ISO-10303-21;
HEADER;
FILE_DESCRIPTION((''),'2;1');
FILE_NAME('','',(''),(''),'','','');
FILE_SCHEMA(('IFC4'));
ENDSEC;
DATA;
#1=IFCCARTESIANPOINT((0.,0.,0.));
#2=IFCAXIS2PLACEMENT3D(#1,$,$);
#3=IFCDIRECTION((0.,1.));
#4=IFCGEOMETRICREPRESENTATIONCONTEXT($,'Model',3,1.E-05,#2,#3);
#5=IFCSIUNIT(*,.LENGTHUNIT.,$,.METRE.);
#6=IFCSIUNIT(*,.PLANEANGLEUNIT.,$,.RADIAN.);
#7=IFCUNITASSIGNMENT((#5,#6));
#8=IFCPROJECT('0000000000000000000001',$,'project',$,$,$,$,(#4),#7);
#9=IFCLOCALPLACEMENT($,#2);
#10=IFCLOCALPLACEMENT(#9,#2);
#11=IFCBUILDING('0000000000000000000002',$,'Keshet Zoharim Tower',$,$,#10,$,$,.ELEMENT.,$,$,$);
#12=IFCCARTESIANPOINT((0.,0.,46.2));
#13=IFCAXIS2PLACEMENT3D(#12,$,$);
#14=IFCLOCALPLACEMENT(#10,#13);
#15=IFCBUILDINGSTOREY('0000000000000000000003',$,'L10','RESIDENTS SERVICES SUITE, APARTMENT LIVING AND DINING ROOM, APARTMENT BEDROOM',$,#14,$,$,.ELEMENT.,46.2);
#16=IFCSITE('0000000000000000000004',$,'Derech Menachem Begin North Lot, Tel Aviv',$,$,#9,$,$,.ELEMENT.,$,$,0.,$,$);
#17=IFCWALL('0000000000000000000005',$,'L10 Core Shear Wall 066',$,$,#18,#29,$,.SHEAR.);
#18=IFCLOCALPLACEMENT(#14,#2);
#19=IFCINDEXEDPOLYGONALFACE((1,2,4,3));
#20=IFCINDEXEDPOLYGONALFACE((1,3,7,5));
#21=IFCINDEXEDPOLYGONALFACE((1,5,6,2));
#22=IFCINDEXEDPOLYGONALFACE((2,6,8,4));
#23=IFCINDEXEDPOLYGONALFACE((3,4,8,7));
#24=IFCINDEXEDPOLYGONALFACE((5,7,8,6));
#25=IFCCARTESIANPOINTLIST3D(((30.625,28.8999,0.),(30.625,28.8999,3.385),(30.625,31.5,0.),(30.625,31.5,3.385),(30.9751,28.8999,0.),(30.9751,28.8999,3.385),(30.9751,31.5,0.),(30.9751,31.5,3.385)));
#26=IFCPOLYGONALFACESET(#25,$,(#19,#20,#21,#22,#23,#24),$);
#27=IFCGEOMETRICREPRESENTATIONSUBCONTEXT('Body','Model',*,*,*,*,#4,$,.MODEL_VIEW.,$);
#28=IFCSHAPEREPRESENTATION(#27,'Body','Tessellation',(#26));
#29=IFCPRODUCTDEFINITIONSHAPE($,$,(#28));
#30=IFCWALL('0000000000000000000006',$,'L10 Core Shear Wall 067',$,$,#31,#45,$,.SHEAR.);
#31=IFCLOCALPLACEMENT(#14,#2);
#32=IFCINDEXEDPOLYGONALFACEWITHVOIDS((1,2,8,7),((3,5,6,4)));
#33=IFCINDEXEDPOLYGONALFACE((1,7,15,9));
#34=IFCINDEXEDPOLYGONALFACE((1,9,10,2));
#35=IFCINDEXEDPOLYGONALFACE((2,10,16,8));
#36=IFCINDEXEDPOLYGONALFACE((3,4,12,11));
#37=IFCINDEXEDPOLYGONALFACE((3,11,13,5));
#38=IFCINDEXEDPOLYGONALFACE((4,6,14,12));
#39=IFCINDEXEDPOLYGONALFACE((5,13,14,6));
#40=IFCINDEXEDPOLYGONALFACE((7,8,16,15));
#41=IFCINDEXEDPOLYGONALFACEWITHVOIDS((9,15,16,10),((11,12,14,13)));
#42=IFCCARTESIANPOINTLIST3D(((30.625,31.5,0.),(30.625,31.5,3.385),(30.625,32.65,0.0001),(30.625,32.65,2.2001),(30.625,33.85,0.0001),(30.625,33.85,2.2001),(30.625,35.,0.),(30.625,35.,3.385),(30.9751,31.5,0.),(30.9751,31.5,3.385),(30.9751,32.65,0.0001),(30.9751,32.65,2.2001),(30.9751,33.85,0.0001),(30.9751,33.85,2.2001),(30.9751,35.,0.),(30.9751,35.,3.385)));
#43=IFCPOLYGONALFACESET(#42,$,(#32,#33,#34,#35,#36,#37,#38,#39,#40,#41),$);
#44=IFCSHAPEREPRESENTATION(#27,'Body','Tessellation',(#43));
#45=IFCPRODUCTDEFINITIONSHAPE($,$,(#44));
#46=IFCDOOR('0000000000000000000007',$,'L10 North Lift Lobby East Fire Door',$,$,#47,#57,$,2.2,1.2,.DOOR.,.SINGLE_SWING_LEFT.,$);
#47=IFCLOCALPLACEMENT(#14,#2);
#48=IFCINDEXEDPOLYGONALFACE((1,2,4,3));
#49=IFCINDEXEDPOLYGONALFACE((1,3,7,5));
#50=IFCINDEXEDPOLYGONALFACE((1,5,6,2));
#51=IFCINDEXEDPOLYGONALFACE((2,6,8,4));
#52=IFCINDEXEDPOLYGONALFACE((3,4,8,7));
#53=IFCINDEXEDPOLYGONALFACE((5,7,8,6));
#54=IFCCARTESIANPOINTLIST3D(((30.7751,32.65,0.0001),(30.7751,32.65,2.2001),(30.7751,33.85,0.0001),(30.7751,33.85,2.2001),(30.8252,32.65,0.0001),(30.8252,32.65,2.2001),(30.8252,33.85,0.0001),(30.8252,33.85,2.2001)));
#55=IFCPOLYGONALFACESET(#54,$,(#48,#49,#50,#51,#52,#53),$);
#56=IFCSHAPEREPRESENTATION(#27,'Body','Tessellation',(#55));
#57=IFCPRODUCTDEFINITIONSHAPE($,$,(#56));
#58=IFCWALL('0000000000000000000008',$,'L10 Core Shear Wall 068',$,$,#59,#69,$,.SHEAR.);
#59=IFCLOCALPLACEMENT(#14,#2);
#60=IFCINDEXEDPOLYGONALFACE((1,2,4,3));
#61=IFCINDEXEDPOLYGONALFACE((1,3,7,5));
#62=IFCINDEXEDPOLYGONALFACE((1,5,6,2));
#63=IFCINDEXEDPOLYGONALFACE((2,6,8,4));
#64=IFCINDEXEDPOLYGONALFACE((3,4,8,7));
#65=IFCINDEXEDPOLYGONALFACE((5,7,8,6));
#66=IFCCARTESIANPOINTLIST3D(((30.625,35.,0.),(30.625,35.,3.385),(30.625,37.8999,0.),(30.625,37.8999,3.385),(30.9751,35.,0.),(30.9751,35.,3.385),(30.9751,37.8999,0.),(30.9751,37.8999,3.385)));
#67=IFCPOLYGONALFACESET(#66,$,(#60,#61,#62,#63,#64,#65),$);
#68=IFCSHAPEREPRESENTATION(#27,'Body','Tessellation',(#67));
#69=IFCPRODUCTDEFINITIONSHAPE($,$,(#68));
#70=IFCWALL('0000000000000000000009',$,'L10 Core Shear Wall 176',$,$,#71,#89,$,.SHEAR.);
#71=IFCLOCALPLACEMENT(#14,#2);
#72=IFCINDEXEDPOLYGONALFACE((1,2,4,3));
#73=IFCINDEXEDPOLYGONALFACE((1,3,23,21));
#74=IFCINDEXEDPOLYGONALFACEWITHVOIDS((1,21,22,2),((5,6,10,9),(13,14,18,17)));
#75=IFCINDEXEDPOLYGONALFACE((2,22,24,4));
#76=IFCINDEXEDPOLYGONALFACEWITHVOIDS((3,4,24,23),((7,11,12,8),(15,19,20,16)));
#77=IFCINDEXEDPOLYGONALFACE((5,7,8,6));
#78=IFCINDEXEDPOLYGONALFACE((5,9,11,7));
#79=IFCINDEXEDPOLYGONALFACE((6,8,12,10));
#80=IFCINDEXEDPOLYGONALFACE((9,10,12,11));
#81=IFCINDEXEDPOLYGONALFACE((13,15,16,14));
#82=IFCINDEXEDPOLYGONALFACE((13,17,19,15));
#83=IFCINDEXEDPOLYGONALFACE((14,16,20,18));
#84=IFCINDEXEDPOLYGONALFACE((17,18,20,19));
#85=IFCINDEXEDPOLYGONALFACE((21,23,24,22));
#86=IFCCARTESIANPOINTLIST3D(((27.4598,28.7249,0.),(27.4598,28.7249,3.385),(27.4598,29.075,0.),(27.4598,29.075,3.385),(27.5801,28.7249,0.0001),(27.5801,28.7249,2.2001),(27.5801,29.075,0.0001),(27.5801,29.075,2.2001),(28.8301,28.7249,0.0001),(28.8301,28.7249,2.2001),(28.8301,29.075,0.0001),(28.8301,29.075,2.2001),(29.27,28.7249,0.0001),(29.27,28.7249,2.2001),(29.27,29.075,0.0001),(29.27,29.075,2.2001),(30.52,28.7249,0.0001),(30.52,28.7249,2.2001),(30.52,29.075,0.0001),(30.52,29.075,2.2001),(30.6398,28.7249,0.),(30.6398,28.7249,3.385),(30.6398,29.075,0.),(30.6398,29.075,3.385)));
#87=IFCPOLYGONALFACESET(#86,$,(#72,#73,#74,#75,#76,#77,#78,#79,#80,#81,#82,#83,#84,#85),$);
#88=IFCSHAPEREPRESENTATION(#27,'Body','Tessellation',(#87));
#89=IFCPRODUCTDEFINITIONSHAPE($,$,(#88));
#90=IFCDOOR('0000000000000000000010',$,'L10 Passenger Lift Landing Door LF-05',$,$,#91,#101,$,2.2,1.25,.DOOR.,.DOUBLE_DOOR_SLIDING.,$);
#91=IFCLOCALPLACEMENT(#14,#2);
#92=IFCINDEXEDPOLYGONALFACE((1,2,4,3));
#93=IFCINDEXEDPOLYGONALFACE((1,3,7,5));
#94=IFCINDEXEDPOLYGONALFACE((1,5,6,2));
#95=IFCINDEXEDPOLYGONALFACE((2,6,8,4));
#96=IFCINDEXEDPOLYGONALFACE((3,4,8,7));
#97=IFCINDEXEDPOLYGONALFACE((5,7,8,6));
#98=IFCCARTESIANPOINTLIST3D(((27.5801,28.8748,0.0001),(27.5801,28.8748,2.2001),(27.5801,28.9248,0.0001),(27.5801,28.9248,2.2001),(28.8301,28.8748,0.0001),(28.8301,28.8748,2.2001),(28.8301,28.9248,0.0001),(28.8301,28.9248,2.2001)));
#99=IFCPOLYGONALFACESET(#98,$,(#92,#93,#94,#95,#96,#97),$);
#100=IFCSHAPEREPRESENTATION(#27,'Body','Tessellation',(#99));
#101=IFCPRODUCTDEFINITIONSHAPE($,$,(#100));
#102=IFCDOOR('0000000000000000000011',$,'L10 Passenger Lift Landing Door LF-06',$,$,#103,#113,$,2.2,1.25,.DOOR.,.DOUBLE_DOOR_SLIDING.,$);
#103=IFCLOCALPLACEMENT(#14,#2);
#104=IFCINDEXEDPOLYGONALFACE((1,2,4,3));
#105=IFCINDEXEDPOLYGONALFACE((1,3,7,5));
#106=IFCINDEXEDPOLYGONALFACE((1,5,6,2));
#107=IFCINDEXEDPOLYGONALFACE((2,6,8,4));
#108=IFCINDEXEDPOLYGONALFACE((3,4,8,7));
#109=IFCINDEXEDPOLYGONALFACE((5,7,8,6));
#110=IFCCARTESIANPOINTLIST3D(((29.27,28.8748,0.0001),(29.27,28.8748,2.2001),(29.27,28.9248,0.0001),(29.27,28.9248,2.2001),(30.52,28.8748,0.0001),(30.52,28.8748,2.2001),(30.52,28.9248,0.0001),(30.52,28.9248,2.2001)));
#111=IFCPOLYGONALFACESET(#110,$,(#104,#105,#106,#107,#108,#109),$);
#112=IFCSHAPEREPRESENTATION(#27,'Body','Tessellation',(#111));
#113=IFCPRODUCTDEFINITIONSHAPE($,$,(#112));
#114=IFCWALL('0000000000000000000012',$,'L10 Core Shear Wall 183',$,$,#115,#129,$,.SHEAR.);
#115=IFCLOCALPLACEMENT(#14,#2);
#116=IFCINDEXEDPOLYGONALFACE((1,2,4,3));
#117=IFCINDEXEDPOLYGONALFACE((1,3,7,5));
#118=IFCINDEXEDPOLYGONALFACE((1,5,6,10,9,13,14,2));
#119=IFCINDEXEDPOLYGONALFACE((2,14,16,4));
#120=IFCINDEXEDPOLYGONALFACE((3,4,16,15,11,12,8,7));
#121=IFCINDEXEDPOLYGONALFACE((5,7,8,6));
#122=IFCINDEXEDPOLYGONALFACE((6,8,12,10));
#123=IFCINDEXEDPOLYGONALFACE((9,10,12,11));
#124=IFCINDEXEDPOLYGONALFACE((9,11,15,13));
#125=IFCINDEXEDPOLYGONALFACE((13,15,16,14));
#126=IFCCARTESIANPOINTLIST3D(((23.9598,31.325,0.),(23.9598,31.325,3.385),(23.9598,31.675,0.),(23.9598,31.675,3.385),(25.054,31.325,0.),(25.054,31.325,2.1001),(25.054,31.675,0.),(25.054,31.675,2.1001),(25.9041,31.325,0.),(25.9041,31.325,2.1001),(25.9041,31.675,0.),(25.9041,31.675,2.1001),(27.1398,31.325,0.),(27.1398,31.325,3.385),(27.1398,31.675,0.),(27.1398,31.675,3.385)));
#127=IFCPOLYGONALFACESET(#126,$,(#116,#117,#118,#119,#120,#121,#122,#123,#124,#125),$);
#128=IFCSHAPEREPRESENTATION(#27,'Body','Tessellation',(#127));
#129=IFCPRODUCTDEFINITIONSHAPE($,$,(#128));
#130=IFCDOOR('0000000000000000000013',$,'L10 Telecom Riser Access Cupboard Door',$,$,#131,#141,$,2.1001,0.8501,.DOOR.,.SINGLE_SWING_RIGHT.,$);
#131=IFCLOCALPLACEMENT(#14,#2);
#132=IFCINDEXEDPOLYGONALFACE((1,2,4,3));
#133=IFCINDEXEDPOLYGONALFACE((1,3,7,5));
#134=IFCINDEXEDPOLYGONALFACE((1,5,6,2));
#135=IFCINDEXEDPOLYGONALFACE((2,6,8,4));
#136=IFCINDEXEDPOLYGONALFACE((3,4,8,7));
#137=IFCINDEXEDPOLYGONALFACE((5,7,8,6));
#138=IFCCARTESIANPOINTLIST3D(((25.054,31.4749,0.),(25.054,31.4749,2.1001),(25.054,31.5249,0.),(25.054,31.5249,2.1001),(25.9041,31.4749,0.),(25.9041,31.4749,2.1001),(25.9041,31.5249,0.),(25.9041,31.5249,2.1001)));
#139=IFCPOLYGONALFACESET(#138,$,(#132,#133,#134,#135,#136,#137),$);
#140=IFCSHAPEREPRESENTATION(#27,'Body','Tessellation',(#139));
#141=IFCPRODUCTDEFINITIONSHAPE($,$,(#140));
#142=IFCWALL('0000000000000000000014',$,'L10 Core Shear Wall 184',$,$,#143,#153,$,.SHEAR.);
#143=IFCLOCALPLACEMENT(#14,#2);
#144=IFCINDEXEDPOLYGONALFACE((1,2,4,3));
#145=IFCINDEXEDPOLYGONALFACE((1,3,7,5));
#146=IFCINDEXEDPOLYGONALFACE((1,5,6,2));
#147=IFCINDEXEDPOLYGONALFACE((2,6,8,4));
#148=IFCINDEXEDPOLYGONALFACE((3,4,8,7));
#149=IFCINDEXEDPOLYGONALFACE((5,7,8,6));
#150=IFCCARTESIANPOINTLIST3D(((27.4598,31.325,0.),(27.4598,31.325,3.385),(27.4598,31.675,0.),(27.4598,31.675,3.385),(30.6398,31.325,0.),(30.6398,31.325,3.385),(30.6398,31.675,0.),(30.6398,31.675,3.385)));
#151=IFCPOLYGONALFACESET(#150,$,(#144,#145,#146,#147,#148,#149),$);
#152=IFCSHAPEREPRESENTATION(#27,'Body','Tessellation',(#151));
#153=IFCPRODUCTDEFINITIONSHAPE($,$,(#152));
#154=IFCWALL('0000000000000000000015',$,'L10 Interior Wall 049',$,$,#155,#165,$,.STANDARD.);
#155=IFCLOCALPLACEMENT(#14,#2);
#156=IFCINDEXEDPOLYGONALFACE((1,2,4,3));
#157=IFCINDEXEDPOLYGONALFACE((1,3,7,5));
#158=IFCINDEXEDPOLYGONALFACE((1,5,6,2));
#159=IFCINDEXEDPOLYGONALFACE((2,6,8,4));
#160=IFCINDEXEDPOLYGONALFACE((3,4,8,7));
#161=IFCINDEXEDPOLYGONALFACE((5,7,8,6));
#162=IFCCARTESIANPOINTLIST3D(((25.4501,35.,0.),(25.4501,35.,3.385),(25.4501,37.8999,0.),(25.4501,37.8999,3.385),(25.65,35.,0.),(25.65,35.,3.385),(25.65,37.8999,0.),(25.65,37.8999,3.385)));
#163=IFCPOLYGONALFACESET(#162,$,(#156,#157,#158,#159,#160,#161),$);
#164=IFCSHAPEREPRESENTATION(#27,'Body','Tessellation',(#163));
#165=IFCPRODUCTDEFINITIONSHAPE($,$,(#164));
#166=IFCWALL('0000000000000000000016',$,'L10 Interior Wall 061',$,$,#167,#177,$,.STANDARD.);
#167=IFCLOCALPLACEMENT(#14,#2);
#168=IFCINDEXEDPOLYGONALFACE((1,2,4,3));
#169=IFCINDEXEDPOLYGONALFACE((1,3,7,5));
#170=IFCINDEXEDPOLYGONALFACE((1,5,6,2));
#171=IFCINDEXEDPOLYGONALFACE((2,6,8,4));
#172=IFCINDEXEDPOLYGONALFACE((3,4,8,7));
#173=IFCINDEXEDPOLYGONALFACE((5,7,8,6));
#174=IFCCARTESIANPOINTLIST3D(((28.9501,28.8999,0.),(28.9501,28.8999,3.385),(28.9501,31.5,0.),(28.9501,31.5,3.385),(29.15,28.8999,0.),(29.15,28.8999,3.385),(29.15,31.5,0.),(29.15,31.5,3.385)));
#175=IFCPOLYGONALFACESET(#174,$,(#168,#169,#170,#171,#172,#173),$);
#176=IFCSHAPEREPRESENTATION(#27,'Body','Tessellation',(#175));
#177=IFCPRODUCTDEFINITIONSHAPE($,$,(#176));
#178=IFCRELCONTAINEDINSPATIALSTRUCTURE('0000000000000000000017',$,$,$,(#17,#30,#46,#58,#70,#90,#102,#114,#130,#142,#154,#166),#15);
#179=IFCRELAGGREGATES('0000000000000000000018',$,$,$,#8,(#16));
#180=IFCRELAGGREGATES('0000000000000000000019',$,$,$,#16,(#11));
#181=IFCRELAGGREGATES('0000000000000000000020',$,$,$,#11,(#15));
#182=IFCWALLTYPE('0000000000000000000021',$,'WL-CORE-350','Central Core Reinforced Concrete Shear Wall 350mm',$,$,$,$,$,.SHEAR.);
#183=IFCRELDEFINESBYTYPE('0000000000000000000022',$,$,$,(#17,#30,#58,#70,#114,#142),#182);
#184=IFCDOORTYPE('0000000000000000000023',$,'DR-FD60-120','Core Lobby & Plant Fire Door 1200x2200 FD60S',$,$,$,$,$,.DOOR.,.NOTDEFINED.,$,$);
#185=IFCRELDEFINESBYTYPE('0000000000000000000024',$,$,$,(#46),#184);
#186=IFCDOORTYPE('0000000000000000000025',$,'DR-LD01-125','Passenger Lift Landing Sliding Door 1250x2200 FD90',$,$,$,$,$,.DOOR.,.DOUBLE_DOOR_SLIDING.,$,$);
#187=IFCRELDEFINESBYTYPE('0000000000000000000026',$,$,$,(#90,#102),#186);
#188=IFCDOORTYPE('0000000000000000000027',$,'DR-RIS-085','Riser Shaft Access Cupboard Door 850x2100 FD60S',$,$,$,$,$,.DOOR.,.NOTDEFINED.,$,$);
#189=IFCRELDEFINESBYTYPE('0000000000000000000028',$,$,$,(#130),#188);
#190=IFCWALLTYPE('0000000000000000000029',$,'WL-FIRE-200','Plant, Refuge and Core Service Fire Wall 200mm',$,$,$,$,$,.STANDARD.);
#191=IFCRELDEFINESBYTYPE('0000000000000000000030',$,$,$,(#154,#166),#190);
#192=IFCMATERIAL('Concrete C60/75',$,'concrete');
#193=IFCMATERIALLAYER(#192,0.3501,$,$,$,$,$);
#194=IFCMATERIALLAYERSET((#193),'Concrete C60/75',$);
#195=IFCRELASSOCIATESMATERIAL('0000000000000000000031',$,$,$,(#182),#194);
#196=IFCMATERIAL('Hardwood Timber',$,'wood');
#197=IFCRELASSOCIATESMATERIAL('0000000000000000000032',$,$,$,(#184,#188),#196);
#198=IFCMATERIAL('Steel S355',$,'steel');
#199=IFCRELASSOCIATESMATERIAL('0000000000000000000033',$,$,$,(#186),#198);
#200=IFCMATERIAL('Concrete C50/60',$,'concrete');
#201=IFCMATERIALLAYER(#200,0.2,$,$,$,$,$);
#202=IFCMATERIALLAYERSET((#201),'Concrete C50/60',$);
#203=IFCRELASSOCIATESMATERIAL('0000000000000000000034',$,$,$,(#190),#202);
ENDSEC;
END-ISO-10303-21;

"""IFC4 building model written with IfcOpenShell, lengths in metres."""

from ifc_helpers import new_model, si_unit, direction, frame, frame_2d, origin, place, context, subcontext, project, spatial, rectangle, extrude, material, layer, layer_set, type_object, element, fill, save


model = new_model("IFC4")

# Units and contexts
model_context = context("Model", 3, precision=1e-05, world=origin(), true_north=direction((0.0, 1.0)))
body_context = subcontext(model_context, "Body", "Model", "MODEL_VIEW")
ifc_project = project(units=[si_unit("LENGTHUNIT", "METRE"), si_unit("PLANEANGLEUNIT", "RADIAN")], contexts=[model_context])

# Site, building, storey
site_placement = place(None, origin())
site = spatial("IfcSite", under=ifc_project, at=site_placement, Name="Derech Menachem Begin North Lot, Tel Aviv", CompositionType="ELEMENT", RefElevation=0.0)
building_placement = place(site_placement, origin())
building = spatial("IfcBuilding", under=site, at=building_placement, Name="Keshet Zoharim Tower", CompositionType="ELEMENT")
storey_placement = place(building_placement, frame((0.0, 0.0, 46.2)))
storey = spatial("IfcBuildingStorey", under=building, at=storey_placement, Name="L10", Description="RESIDENTS SERVICES SUITE, APARTMENT LIVING AND DINING ROOM, APARTMENT BEDROOM", CompositionType="ELEMENT", Elevation=46.2)

# Shared definitions
ifc_material_1 = material(Name="Concrete C60/75", Category="concrete")

# Shared definitions
ifc_material_2 = material(Name="Steel S355", Category="steel")

# Wall
ifc_layer_1 = layer(ifc_material_1, 0.3501)
ifc_layer_set_1 = layer_set([ifc_layer_1], Name="Concrete C60/75")
wall_type_1 = type_object("IfcWallType", Name="WL-CORE-350", Description="Central Core Reinforced Concrete Shear Wall 350mm", PredefinedType="SHEAR", material=ifc_layer_set_1)
wall_1_placement = place(storey_placement, frame((30.8, 28.8999, 0.0), z_axis=(0.0, 0.0, 1.0), x_axis=(0.0, 1.0, 0.0)))
element("IfcWall", 1, at=wall_1_placement, inside=storey, type_object=wall_type_1, Name="L10 Core Shear Wall 066", PredefinedType="SHEAR", context=body_context, shape_type="SweptSolid", body=[
    extrude(rectangle(XDim=2.6001, YDim=0.3501, at=frame_2d((1.3, 0.0))), origin(), (0.0, 0.0, 1.0), 3.385),
])

# Wall, opening, door
wall_2_placement = place(storey_placement, frame((30.8, 31.5, 0.0), z_axis=(0.0, 0.0, 1.0), x_axis=(0.0, 1.0, 0.0)))
wall_2 = element("IfcWall", 2, at=wall_2_placement, inside=storey, type_object=wall_type_1, Name="L10 Core Shear Wall 067", PredefinedType="SHEAR", context=body_context, shape_type="SweptSolid", body=[
    extrude(rectangle(XDim=3.5, YDim=0.3501, at=frame_2d((1.75, 0.0))), origin(), (0.0, 0.0, 1.0), 3.385),
])
opening_1_placement = place(wall_2_placement, frame((1.1499, 0.0, 0.0)))
opening_1 = element("IfcOpeningElement", 3, at=opening_1_placement, cuts=wall_2, PredefinedType="OPENING", context=body_context, shape_type="SweptSolid", body=[
    extrude(rectangle(XDim=1.2, YDim=2.2, at=frame_2d((0.6001, 1.1001))), frame((0.0, 0.1851, 0.0), z_axis=(0.0, -1.0, 0.0), x_axis=(1.0, 0.0, 0.0)), (0.0, 0.0, 1.0), 0.3701),
])
ifc_material_3 = material(Name="Hardwood Timber", Category="wood")
door_type_1 = type_object("IfcDoorType", Name="DR-FD60-120", Description="Core Lobby & Plant Fire Door 1200x2200 FD60S", OperationType="NOTDEFINED", PredefinedType="DOOR", material=ifc_material_3)
door_1_placement = place(opening_1_placement, origin())
door_1 = element("IfcDoor", 4, at=door_1_placement, inside=storey, type_object=door_type_1, Name="L10 North Lift Lobby East Fire Door", OperationType="SINGLE_SWING_LEFT", OverallHeight=2.2, OverallWidth=1.2, PredefinedType="DOOR", context=body_context, shape_type="SweptSolid", body=[
    extrude(rectangle(XDim=1.2, YDim=2.2, at=frame_2d((0.6001, 1.1001))), frame((0.0, 0.0249, 0.0), z_axis=(0.0, -1.0, 0.0), x_axis=(1.0, 0.0, 0.0)), (0.0, 0.0, 1.0), 0.05),
])
fill(opening_1, door_1)

# Wall
wall_3_placement = place(storey_placement, frame((30.8, 35.0, 0.0), z_axis=(0.0, 0.0, 1.0), x_axis=(0.0, 1.0, 0.0)))
element("IfcWall", 5, at=wall_3_placement, inside=storey, type_object=wall_type_1, Name="L10 Core Shear Wall 068", PredefinedType="SHEAR", context=body_context, shape_type="SweptSolid", body=[
    extrude(rectangle(XDim=2.8999, YDim=0.3501, at=frame_2d((1.45, 0.0))), origin(), (0.0, 0.0, 1.0), 3.385),
])

# Wall, openings, doors
wall_4_placement = place(storey_placement, frame((27.46, 28.8999, 0.0), z_axis=(0.0, 0.0, 1.0), x_axis=(1.0, 0.0, 0.0)))
wall_4 = element("IfcWall", 6, at=wall_4_placement, inside=storey, type_object=wall_type_1, Name="L10 Core Shear Wall 176", PredefinedType="SHEAR", context=body_context, shape_type="SweptSolid", body=[
    extrude(rectangle(XDim=3.1799, YDim=0.3501, at=frame_2d((1.5898, 0.0))), origin(), (0.0, 0.0, 1.0), 3.385),
])
opening_2_placement = place(wall_4_placement, frame((0.1201, 0.0, 0.0)))
opening_2 = element("IfcOpeningElement", 7, at=opening_2_placement, cuts=wall_4, PredefinedType="OPENING", context=body_context, shape_type="SweptSolid", body=[
    extrude(rectangle(XDim=1.25, YDim=2.2, at=frame_2d((0.625, 1.1001))), frame((0.0, 0.1851, 0.0), z_axis=(0.0, -1.0, 0.0), x_axis=(1.0, 0.0, 0.0)), (0.0, 0.0, 1.0), 0.3701),
])
opening_3_placement = place(wall_4_placement, frame((1.8101, 0.0, 0.0)))
opening_3 = element("IfcOpeningElement", 8, at=opening_3_placement, cuts=wall_4, PredefinedType="OPENING", context=body_context, shape_type="SweptSolid", body=[
    extrude(rectangle(XDim=1.25, YDim=2.2, at=frame_2d((0.625, 1.1001))), frame((0.0, 0.1851, 0.0), z_axis=(0.0, -1.0, 0.0), x_axis=(1.0, 0.0, 0.0)), (0.0, 0.0, 1.0), 0.3701),
])
door_type_2 = type_object("IfcDoorType", Name="DR-LD01-125", Description="Passenger Lift Landing Sliding Door 1250x2200 FD90", OperationType="DOUBLE_DOOR_SLIDING", PredefinedType="DOOR", material=ifc_material_2)
door_2_placement = place(opening_2_placement, origin())
door_2 = element("IfcDoor", 9, at=door_2_placement, inside=storey, type_object=door_type_2, Name="L10 Passenger Lift Landing Door LF-05", OperationType="DOUBLE_DOOR_SLIDING", OverallHeight=2.2, OverallWidth=1.25, PredefinedType="DOOR", context=body_context, shape_type="SweptSolid", body=[
    extrude(rectangle(XDim=1.25, YDim=2.2, at=frame_2d((0.625, 1.1001))), frame((0.0, 0.0249, 0.0), z_axis=(0.0, -1.0, 0.0), x_axis=(1.0, 0.0, 0.0)), (0.0, 0.0, 1.0), 0.05),
])
fill(opening_2, door_2)
door_3_placement = place(opening_3_placement, origin())
door_3 = element("IfcDoor", 10, at=door_3_placement, inside=storey, type_object=door_type_2, Name="L10 Passenger Lift Landing Door LF-06", OperationType="DOUBLE_DOOR_SLIDING", OverallHeight=2.2, OverallWidth=1.25, PredefinedType="DOOR", context=body_context, shape_type="SweptSolid", body=[
    extrude(rectangle(XDim=1.25, YDim=2.2, at=frame_2d((0.625, 1.1001))), frame((0.0, 0.0249, 0.0), z_axis=(0.0, -1.0, 0.0), x_axis=(1.0, 0.0, 0.0)), (0.0, 0.0, 1.0), 0.05),
])
fill(opening_3, door_3)

# Wall, opening, door
wall_5_placement = place(storey_placement, frame((23.96, 31.5, 0.0), z_axis=(0.0, 0.0, 1.0), x_axis=(1.0, 0.0, 0.0)))
wall_5 = element("IfcWall", 11, at=wall_5_placement, inside=storey, type_object=wall_type_1, Name="L10 Core Shear Wall 183", PredefinedType="SHEAR", context=body_context, shape_type="SweptSolid", body=[
    extrude(rectangle(XDim=3.1799, YDim=0.3501, at=frame_2d((1.5898, 0.0))), origin(), (0.0, 0.0, 1.0), 3.385),
])
opening_4_placement = place(wall_5_placement, frame((1.094, 0.0, 0.0)))
opening_4 = element("IfcOpeningElement", 12, at=opening_4_placement, cuts=wall_5, PredefinedType="OPENING", context=body_context, shape_type="SweptSolid", body=[
    extrude(rectangle(XDim=0.8501, YDim=2.1001, at=frame_2d((0.425, 1.05))), frame((0.0, 0.1851, 0.0), z_axis=(0.0, -1.0, 0.0), x_axis=(1.0, 0.0, 0.0)), (0.0, 0.0, 1.0), 0.3701),
])
door_type_3 = type_object("IfcDoorType", Name="DR-RIS-085", Description="Riser Shaft Access Cupboard Door 850x2100 FD60S", OperationType="NOTDEFINED", PredefinedType="DOOR", material=ifc_material_3)
door_4_placement = place(opening_4_placement, origin())
door_4 = element("IfcDoor", 13, at=door_4_placement, inside=storey, type_object=door_type_3, Name="L10 Telecom Riser Access Cupboard Door", OperationType="SINGLE_SWING_RIGHT", OverallHeight=2.1001, OverallWidth=0.8501, PredefinedType="DOOR", context=body_context, shape_type="SweptSolid", body=[
    extrude(rectangle(XDim=0.8501, YDim=2.1001, at=frame_2d((0.425, 1.05))), frame((0.0, 0.0249, 0.0), z_axis=(0.0, -1.0, 0.0), x_axis=(1.0, 0.0, 0.0)), (0.0, 0.0, 1.0), 0.05),
])
fill(opening_4, door_4)

# Walls
wall_6_placement = place(storey_placement, frame((27.46, 31.5, 0.0), z_axis=(0.0, 0.0, 1.0), x_axis=(1.0, 0.0, 0.0)))
element("IfcWall", 14, at=wall_6_placement, inside=storey, type_object=wall_type_1, Name="L10 Core Shear Wall 184", PredefinedType="SHEAR", context=body_context, shape_type="SweptSolid", body=[
    extrude(rectangle(XDim=3.1799, YDim=0.3501, at=frame_2d((1.5898, 0.0))), origin(), (0.0, 0.0, 1.0), 3.385),
])
ifc_material_4 = material(Name="Concrete C50/60", Category="concrete")
ifc_layer_2 = layer(ifc_material_4, 0.2)
ifc_layer_set_2 = layer_set([ifc_layer_2], Name="Concrete C50/60")
wall_type_2 = type_object("IfcWallType", Name="WL-FIRE-200", Description="Plant, Refuge and Core Service Fire Wall 200mm", PredefinedType="STANDARD", material=ifc_layer_set_2)
wall_7_placement = place(storey_placement, frame((25.55, 35.0, 0.0), z_axis=(0.0, 0.0, 1.0), x_axis=(0.0, 1.0, 0.0)))
element("IfcWall", 15, at=wall_7_placement, inside=storey, type_object=wall_type_2, Name="L10 Interior Wall 049", PredefinedType="STANDARD", context=body_context, shape_type="SweptSolid", body=[
    extrude(rectangle(XDim=2.8999, YDim=0.2, at=frame_2d((1.45, 0.0))), origin(), (0.0, 0.0, 1.0), 3.385),
])
wall_8_placement = place(storey_placement, frame((29.05, 28.8999, 0.0), z_axis=(0.0, 0.0, 1.0), x_axis=(0.0, 1.0, 0.0)))
element("IfcWall", 16, at=wall_8_placement, inside=storey, type_object=wall_type_2, Name="L10 Interior Wall 061", PredefinedType="STANDARD", context=body_context, shape_type="SweptSolid", body=[
    extrude(rectangle(XDim=2.6001, YDim=0.2, at=frame_2d((1.3, 0.0))), origin(), (0.0, 0.0, 1.0), 3.385),
])

save(model, "model.ifc")
